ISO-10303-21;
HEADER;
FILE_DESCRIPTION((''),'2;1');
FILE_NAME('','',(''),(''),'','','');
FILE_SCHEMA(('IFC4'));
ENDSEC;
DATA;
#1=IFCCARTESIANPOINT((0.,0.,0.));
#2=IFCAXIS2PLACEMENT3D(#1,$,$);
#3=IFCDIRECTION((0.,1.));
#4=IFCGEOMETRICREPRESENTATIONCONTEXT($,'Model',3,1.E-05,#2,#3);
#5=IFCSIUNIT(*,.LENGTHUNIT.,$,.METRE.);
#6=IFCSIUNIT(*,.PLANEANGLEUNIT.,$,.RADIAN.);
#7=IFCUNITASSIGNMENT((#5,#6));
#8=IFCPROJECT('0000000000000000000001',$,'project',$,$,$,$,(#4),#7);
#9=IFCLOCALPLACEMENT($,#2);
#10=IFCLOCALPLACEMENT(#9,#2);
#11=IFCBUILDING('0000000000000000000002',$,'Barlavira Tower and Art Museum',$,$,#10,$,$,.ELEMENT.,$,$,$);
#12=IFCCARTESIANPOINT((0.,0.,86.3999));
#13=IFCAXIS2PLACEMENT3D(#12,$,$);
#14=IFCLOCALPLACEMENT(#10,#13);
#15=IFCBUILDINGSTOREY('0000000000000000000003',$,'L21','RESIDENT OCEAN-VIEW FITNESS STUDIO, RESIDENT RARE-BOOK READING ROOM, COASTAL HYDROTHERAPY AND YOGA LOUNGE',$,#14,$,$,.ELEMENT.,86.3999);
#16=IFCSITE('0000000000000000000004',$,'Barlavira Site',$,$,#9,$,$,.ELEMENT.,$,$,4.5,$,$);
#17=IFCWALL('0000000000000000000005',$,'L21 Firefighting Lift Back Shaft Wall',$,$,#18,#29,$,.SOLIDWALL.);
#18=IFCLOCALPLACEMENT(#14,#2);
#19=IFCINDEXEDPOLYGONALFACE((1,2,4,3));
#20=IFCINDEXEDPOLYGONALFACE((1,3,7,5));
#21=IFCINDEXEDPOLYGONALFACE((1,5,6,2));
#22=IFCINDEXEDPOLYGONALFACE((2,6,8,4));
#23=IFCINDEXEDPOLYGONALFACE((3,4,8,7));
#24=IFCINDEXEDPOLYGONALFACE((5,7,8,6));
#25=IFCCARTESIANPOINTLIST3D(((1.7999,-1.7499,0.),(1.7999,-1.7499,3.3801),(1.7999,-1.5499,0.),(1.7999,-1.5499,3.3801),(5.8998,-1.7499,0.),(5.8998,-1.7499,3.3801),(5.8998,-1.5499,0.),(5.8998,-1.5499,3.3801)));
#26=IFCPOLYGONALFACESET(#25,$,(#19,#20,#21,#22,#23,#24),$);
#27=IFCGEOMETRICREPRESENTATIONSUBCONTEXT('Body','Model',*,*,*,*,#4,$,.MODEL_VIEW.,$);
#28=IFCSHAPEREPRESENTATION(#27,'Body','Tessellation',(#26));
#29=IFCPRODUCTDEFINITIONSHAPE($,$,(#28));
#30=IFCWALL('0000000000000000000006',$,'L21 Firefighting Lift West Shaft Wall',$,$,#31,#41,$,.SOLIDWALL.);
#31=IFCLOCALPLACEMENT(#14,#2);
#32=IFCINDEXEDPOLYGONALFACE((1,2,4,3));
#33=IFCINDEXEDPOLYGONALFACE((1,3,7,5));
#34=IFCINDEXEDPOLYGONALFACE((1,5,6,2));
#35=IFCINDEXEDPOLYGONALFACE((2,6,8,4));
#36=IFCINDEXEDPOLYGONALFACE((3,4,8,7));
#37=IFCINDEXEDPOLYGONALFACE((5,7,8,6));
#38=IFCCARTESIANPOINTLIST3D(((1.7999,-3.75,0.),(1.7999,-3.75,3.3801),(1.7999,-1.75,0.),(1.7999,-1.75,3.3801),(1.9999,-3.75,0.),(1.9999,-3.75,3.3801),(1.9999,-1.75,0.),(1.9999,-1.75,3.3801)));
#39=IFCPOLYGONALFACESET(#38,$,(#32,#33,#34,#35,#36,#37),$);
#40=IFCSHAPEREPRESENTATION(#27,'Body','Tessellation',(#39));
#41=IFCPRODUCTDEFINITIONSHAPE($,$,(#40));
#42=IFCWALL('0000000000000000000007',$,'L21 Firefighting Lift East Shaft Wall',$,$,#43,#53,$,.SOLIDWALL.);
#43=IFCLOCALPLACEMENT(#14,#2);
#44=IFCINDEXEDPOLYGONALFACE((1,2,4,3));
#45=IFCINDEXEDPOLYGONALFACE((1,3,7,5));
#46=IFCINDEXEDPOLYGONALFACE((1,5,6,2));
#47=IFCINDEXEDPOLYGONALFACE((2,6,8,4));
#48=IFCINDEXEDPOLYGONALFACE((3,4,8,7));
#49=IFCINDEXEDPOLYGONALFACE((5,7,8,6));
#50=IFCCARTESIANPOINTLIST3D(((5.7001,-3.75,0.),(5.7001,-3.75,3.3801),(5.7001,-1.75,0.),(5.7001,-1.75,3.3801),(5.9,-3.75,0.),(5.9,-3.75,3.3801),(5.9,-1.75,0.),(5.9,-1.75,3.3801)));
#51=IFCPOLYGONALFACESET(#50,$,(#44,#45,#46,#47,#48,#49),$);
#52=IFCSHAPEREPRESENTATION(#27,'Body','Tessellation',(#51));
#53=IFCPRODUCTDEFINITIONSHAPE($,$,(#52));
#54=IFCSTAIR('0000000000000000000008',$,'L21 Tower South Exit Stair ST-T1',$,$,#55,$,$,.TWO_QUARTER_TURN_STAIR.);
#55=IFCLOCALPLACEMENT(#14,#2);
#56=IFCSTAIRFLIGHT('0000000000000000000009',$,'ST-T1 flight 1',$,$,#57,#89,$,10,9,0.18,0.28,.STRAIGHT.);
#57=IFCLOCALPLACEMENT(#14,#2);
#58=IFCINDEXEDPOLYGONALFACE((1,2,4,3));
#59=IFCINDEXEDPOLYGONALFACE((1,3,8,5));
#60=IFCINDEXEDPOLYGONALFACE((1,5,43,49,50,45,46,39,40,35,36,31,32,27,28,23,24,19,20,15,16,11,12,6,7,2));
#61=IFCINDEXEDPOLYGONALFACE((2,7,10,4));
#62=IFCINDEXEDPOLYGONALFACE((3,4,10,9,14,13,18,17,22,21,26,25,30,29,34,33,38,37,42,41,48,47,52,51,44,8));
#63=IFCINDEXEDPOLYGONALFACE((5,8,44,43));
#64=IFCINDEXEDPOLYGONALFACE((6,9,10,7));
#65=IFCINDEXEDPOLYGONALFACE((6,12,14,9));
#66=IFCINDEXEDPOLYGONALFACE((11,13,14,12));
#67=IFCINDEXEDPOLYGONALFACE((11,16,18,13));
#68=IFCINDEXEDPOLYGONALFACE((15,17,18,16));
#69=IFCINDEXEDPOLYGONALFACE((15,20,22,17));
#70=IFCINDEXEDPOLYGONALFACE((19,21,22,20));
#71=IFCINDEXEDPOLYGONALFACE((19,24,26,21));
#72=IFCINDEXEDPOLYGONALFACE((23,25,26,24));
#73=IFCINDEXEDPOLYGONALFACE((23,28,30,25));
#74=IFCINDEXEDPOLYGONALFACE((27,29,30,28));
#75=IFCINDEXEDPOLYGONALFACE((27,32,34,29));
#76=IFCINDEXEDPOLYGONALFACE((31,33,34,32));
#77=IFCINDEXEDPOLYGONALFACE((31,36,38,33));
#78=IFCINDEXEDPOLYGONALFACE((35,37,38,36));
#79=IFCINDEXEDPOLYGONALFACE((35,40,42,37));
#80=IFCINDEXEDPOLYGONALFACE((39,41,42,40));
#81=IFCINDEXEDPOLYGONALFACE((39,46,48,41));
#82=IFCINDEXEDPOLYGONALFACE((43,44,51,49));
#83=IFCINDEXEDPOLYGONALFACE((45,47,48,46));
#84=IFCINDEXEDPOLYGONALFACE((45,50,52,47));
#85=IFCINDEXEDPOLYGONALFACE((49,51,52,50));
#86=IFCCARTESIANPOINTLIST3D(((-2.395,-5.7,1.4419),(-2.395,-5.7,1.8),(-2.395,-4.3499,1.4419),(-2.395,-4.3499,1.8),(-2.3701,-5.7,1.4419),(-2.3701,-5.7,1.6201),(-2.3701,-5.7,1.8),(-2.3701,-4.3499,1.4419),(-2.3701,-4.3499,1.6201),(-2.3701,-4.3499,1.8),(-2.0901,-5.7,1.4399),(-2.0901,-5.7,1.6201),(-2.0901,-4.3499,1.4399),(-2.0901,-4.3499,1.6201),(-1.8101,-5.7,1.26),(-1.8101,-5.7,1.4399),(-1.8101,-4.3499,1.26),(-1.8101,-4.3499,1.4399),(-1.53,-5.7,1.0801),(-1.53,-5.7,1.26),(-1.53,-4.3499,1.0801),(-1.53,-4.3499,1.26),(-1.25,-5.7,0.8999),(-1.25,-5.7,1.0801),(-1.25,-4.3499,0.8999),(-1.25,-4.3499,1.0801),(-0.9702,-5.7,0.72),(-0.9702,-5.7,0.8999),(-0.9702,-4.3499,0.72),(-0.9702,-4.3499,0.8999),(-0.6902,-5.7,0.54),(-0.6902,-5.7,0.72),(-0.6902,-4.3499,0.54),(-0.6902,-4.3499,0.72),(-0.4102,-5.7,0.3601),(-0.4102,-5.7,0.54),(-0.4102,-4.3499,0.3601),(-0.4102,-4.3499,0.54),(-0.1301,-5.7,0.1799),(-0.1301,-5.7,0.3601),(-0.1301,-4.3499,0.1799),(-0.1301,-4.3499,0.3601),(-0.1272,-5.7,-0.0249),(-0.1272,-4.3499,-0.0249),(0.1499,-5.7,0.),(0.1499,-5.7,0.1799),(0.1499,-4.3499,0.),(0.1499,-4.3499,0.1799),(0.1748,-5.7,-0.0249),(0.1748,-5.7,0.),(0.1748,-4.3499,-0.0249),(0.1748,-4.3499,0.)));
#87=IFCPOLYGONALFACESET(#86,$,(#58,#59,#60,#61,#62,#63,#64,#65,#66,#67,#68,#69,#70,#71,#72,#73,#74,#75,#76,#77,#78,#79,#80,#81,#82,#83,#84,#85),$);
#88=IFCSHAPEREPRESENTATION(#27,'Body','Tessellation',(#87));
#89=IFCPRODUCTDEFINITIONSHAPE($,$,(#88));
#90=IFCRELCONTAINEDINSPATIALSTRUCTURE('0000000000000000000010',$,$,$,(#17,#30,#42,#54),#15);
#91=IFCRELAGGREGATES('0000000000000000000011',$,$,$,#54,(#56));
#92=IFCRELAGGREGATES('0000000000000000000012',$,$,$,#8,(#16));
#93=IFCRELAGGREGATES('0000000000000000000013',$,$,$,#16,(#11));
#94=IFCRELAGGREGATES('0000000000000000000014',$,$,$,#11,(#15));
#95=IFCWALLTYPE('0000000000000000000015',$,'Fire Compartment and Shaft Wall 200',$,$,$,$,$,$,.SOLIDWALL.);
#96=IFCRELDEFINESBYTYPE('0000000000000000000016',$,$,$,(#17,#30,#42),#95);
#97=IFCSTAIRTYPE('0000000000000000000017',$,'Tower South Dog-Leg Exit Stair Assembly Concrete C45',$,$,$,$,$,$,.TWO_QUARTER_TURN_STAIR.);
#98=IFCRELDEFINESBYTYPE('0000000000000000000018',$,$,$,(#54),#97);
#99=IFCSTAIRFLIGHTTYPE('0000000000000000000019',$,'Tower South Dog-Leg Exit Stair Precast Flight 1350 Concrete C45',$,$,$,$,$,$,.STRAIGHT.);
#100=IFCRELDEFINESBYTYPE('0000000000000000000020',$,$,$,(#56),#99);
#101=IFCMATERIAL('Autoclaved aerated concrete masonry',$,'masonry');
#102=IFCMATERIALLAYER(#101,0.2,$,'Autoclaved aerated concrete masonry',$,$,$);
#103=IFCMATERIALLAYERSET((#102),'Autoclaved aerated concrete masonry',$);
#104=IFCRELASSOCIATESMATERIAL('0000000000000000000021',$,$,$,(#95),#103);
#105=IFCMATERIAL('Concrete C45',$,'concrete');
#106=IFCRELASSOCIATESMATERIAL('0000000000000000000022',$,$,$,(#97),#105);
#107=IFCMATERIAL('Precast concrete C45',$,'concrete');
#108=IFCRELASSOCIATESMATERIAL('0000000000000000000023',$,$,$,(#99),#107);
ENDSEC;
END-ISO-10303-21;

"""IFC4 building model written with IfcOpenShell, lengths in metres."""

from ifc_helpers import new_model, si_unit, direction, frame, frame_2d, origin, place, context, subcontext, project, spatial, polyline, rectangle, outline, extrude, material, layer, layer_set, type_object, element, aggregate, save


model = new_model("IFC4")

# Units and contexts
model_context = context("Model", 3, precision=1e-05, world=origin(), true_north=direction((0.0, 1.0)))
body_context = subcontext(model_context, "Body", "Model", "MODEL_VIEW")
ifc_project = project(units=[si_unit("LENGTHUNIT", "METRE"), si_unit("PLANEANGLEUNIT", "RADIAN")], contexts=[model_context])

# Site, building, storey
site_placement = place(None, origin())
site = spatial("IfcSite", under=ifc_project, at=site_placement, Name="Barlavira Site", CompositionType="ELEMENT", RefElevation=4.5)
building_placement = place(site_placement, origin())
building = spatial("IfcBuilding", under=site, at=building_placement, Name="Barlavira Tower and Art Museum", CompositionType="ELEMENT")
storey_placement = place(building_placement, frame((0.0, 0.0, 86.3999)))
storey = spatial("IfcBuildingStorey", under=building, at=storey_placement, Name="L21", Description="RESIDENT OCEAN-VIEW FITNESS STUDIO, RESIDENT RARE-BOOK READING ROOM, COASTAL HYDROTHERAPY AND YOGA LOUNGE", CompositionType="ELEMENT", Elevation=86.3999)

# Shared definitions
ifc_material_1 = material(Name="Autoclaved aerated concrete masonry", Category="masonry")
ifc_layer_1 = layer(ifc_material_1, 0.2, Name="Autoclaved aerated concrete masonry")
ifc_layer_set_1 = layer_set([ifc_layer_1], Name="Autoclaved aerated concrete masonry")
wall_type_1 = type_object("IfcWallType", Name="Fire Compartment and Shaft Wall 200", PredefinedType="SOLIDWALL", material=ifc_layer_set_1)

# Walls
wall_1_placement = place(storey_placement, frame((1.8, -1.6499, 0.0), z_axis=(0.0, 0.0, 1.0), x_axis=(1.0, 0.0, 0.0)))
element("IfcWall", 1, at=wall_1_placement, inside=storey, type_object=wall_type_1, Name="L21 Firefighting Lift Back Shaft Wall", PredefinedType="SOLIDWALL", context=body_context, shape_type="SweptSolid", body=[
    extrude(rectangle(XDim=4.0999, YDim=0.2, at=frame_2d((2.0498, 0.0))), origin(), (0.0, 0.0, 1.0), 3.3801),
])
for number, where, z_axis, x_axis, name in (
    (2, (1.8999, -3.75, 0.0), (0.0, 0.0, 1.0), (0.0, 1.0, 0.0), "L21 Firefighting Lift West Shaft Wall"),
    (3, (5.8, -3.75, 0.0), (0.0, 0.0, 1.0), (0.0, 1.0, 0.0), "L21 Firefighting Lift East Shaft Wall"),
):
    element("IfcWall", number, at=place(storey_placement, frame(where, z_axis=z_axis, x_axis=x_axis)), inside=storey, type_object=wall_type_1, Name=name, PredefinedType="SOLIDWALL", context=body_context, shape_type="SweptSolid", body=[
        extrude(rectangle(XDim=2.0, YDim=0.2, at=frame_2d((1.0, 0.0))), origin(), (0.0, 0.0, 1.0), 3.3801),
    ])

# Stair, stair flight
ifc_material_2 = material(Name="Concrete C45", Category="concrete")
stair_type = type_object("IfcStairType", Name="Tower South Dog-Leg Exit Stair Assembly Concrete C45", PredefinedType="TWO_QUARTER_TURN_STAIR", material=ifc_material_2)
stair_placement = place(storey_placement, origin())
stair = element("IfcStair", 4, at=stair_placement, inside=storey, type_object=stair_type, Name="L21 Tower South Exit Stair ST-T1", PredefinedType="TWO_QUARTER_TURN_STAIR")
ifc_material_3 = material(Name="Precast concrete C45", Category="concrete")
stair_flight_type = type_object("IfcStairFlightType", Name="Tower South Dog-Leg Exit Stair Precast Flight 1350 Concrete C45", PredefinedType="STRAIGHT", material=ifc_material_3)
stair_flight_placement = place(storey_placement, frame((0.1499, -5.0249, 0.0), z_axis=(0.0, 0.0, 1.0), x_axis=(-1.0, 0.0, 0.0)))
stair_flight = element("IfcStairFlight", 5, at=stair_flight_placement, type_object=stair_flight_type, Name="ST-T1 flight 1", NumberOfRisers=10, NumberOfTreads=9, PredefinedType="STRAIGHT", RiserHeight=0.18, TreadLength=0.28, context=body_context, shape_type="SweptSolid", body=[
    extrude(outline(polyline([(-0.0249, 0.0), (0.0, 0.0), (0.0, 0.1799), (0.28, 0.1799), (0.28, 0.3601), (0.5601, 0.3601), (0.5601, 0.54), (0.8401, 0.54), (0.8401, 0.72), (1.1201, 0.72), (1.1201, 0.8999), (1.3999, 0.8999), (1.3999, 1.0801), (1.6799, 1.0801), (1.6799, 1.26), (1.96, 1.26), (1.96, 1.4399), (2.24, 1.4399), (2.24, 1.6201), (2.52, 1.6201), (2.52, 1.8), (2.5449, 1.8), (2.5449, 1.4419), (2.52, 1.4419), (0.2771, -0.0249), (-0.0249, -0.0249), (-0.0249, 0.0)])), frame((0.0, 0.675, 0.0), z_axis=(0.0, -1.0, 0.0), x_axis=(1.0, 0.0, 0.0)), (0.0, 0.0, 1.0), 1.3501),
])
aggregate(stair, [stair_flight])

save(model, "model.ifc")
